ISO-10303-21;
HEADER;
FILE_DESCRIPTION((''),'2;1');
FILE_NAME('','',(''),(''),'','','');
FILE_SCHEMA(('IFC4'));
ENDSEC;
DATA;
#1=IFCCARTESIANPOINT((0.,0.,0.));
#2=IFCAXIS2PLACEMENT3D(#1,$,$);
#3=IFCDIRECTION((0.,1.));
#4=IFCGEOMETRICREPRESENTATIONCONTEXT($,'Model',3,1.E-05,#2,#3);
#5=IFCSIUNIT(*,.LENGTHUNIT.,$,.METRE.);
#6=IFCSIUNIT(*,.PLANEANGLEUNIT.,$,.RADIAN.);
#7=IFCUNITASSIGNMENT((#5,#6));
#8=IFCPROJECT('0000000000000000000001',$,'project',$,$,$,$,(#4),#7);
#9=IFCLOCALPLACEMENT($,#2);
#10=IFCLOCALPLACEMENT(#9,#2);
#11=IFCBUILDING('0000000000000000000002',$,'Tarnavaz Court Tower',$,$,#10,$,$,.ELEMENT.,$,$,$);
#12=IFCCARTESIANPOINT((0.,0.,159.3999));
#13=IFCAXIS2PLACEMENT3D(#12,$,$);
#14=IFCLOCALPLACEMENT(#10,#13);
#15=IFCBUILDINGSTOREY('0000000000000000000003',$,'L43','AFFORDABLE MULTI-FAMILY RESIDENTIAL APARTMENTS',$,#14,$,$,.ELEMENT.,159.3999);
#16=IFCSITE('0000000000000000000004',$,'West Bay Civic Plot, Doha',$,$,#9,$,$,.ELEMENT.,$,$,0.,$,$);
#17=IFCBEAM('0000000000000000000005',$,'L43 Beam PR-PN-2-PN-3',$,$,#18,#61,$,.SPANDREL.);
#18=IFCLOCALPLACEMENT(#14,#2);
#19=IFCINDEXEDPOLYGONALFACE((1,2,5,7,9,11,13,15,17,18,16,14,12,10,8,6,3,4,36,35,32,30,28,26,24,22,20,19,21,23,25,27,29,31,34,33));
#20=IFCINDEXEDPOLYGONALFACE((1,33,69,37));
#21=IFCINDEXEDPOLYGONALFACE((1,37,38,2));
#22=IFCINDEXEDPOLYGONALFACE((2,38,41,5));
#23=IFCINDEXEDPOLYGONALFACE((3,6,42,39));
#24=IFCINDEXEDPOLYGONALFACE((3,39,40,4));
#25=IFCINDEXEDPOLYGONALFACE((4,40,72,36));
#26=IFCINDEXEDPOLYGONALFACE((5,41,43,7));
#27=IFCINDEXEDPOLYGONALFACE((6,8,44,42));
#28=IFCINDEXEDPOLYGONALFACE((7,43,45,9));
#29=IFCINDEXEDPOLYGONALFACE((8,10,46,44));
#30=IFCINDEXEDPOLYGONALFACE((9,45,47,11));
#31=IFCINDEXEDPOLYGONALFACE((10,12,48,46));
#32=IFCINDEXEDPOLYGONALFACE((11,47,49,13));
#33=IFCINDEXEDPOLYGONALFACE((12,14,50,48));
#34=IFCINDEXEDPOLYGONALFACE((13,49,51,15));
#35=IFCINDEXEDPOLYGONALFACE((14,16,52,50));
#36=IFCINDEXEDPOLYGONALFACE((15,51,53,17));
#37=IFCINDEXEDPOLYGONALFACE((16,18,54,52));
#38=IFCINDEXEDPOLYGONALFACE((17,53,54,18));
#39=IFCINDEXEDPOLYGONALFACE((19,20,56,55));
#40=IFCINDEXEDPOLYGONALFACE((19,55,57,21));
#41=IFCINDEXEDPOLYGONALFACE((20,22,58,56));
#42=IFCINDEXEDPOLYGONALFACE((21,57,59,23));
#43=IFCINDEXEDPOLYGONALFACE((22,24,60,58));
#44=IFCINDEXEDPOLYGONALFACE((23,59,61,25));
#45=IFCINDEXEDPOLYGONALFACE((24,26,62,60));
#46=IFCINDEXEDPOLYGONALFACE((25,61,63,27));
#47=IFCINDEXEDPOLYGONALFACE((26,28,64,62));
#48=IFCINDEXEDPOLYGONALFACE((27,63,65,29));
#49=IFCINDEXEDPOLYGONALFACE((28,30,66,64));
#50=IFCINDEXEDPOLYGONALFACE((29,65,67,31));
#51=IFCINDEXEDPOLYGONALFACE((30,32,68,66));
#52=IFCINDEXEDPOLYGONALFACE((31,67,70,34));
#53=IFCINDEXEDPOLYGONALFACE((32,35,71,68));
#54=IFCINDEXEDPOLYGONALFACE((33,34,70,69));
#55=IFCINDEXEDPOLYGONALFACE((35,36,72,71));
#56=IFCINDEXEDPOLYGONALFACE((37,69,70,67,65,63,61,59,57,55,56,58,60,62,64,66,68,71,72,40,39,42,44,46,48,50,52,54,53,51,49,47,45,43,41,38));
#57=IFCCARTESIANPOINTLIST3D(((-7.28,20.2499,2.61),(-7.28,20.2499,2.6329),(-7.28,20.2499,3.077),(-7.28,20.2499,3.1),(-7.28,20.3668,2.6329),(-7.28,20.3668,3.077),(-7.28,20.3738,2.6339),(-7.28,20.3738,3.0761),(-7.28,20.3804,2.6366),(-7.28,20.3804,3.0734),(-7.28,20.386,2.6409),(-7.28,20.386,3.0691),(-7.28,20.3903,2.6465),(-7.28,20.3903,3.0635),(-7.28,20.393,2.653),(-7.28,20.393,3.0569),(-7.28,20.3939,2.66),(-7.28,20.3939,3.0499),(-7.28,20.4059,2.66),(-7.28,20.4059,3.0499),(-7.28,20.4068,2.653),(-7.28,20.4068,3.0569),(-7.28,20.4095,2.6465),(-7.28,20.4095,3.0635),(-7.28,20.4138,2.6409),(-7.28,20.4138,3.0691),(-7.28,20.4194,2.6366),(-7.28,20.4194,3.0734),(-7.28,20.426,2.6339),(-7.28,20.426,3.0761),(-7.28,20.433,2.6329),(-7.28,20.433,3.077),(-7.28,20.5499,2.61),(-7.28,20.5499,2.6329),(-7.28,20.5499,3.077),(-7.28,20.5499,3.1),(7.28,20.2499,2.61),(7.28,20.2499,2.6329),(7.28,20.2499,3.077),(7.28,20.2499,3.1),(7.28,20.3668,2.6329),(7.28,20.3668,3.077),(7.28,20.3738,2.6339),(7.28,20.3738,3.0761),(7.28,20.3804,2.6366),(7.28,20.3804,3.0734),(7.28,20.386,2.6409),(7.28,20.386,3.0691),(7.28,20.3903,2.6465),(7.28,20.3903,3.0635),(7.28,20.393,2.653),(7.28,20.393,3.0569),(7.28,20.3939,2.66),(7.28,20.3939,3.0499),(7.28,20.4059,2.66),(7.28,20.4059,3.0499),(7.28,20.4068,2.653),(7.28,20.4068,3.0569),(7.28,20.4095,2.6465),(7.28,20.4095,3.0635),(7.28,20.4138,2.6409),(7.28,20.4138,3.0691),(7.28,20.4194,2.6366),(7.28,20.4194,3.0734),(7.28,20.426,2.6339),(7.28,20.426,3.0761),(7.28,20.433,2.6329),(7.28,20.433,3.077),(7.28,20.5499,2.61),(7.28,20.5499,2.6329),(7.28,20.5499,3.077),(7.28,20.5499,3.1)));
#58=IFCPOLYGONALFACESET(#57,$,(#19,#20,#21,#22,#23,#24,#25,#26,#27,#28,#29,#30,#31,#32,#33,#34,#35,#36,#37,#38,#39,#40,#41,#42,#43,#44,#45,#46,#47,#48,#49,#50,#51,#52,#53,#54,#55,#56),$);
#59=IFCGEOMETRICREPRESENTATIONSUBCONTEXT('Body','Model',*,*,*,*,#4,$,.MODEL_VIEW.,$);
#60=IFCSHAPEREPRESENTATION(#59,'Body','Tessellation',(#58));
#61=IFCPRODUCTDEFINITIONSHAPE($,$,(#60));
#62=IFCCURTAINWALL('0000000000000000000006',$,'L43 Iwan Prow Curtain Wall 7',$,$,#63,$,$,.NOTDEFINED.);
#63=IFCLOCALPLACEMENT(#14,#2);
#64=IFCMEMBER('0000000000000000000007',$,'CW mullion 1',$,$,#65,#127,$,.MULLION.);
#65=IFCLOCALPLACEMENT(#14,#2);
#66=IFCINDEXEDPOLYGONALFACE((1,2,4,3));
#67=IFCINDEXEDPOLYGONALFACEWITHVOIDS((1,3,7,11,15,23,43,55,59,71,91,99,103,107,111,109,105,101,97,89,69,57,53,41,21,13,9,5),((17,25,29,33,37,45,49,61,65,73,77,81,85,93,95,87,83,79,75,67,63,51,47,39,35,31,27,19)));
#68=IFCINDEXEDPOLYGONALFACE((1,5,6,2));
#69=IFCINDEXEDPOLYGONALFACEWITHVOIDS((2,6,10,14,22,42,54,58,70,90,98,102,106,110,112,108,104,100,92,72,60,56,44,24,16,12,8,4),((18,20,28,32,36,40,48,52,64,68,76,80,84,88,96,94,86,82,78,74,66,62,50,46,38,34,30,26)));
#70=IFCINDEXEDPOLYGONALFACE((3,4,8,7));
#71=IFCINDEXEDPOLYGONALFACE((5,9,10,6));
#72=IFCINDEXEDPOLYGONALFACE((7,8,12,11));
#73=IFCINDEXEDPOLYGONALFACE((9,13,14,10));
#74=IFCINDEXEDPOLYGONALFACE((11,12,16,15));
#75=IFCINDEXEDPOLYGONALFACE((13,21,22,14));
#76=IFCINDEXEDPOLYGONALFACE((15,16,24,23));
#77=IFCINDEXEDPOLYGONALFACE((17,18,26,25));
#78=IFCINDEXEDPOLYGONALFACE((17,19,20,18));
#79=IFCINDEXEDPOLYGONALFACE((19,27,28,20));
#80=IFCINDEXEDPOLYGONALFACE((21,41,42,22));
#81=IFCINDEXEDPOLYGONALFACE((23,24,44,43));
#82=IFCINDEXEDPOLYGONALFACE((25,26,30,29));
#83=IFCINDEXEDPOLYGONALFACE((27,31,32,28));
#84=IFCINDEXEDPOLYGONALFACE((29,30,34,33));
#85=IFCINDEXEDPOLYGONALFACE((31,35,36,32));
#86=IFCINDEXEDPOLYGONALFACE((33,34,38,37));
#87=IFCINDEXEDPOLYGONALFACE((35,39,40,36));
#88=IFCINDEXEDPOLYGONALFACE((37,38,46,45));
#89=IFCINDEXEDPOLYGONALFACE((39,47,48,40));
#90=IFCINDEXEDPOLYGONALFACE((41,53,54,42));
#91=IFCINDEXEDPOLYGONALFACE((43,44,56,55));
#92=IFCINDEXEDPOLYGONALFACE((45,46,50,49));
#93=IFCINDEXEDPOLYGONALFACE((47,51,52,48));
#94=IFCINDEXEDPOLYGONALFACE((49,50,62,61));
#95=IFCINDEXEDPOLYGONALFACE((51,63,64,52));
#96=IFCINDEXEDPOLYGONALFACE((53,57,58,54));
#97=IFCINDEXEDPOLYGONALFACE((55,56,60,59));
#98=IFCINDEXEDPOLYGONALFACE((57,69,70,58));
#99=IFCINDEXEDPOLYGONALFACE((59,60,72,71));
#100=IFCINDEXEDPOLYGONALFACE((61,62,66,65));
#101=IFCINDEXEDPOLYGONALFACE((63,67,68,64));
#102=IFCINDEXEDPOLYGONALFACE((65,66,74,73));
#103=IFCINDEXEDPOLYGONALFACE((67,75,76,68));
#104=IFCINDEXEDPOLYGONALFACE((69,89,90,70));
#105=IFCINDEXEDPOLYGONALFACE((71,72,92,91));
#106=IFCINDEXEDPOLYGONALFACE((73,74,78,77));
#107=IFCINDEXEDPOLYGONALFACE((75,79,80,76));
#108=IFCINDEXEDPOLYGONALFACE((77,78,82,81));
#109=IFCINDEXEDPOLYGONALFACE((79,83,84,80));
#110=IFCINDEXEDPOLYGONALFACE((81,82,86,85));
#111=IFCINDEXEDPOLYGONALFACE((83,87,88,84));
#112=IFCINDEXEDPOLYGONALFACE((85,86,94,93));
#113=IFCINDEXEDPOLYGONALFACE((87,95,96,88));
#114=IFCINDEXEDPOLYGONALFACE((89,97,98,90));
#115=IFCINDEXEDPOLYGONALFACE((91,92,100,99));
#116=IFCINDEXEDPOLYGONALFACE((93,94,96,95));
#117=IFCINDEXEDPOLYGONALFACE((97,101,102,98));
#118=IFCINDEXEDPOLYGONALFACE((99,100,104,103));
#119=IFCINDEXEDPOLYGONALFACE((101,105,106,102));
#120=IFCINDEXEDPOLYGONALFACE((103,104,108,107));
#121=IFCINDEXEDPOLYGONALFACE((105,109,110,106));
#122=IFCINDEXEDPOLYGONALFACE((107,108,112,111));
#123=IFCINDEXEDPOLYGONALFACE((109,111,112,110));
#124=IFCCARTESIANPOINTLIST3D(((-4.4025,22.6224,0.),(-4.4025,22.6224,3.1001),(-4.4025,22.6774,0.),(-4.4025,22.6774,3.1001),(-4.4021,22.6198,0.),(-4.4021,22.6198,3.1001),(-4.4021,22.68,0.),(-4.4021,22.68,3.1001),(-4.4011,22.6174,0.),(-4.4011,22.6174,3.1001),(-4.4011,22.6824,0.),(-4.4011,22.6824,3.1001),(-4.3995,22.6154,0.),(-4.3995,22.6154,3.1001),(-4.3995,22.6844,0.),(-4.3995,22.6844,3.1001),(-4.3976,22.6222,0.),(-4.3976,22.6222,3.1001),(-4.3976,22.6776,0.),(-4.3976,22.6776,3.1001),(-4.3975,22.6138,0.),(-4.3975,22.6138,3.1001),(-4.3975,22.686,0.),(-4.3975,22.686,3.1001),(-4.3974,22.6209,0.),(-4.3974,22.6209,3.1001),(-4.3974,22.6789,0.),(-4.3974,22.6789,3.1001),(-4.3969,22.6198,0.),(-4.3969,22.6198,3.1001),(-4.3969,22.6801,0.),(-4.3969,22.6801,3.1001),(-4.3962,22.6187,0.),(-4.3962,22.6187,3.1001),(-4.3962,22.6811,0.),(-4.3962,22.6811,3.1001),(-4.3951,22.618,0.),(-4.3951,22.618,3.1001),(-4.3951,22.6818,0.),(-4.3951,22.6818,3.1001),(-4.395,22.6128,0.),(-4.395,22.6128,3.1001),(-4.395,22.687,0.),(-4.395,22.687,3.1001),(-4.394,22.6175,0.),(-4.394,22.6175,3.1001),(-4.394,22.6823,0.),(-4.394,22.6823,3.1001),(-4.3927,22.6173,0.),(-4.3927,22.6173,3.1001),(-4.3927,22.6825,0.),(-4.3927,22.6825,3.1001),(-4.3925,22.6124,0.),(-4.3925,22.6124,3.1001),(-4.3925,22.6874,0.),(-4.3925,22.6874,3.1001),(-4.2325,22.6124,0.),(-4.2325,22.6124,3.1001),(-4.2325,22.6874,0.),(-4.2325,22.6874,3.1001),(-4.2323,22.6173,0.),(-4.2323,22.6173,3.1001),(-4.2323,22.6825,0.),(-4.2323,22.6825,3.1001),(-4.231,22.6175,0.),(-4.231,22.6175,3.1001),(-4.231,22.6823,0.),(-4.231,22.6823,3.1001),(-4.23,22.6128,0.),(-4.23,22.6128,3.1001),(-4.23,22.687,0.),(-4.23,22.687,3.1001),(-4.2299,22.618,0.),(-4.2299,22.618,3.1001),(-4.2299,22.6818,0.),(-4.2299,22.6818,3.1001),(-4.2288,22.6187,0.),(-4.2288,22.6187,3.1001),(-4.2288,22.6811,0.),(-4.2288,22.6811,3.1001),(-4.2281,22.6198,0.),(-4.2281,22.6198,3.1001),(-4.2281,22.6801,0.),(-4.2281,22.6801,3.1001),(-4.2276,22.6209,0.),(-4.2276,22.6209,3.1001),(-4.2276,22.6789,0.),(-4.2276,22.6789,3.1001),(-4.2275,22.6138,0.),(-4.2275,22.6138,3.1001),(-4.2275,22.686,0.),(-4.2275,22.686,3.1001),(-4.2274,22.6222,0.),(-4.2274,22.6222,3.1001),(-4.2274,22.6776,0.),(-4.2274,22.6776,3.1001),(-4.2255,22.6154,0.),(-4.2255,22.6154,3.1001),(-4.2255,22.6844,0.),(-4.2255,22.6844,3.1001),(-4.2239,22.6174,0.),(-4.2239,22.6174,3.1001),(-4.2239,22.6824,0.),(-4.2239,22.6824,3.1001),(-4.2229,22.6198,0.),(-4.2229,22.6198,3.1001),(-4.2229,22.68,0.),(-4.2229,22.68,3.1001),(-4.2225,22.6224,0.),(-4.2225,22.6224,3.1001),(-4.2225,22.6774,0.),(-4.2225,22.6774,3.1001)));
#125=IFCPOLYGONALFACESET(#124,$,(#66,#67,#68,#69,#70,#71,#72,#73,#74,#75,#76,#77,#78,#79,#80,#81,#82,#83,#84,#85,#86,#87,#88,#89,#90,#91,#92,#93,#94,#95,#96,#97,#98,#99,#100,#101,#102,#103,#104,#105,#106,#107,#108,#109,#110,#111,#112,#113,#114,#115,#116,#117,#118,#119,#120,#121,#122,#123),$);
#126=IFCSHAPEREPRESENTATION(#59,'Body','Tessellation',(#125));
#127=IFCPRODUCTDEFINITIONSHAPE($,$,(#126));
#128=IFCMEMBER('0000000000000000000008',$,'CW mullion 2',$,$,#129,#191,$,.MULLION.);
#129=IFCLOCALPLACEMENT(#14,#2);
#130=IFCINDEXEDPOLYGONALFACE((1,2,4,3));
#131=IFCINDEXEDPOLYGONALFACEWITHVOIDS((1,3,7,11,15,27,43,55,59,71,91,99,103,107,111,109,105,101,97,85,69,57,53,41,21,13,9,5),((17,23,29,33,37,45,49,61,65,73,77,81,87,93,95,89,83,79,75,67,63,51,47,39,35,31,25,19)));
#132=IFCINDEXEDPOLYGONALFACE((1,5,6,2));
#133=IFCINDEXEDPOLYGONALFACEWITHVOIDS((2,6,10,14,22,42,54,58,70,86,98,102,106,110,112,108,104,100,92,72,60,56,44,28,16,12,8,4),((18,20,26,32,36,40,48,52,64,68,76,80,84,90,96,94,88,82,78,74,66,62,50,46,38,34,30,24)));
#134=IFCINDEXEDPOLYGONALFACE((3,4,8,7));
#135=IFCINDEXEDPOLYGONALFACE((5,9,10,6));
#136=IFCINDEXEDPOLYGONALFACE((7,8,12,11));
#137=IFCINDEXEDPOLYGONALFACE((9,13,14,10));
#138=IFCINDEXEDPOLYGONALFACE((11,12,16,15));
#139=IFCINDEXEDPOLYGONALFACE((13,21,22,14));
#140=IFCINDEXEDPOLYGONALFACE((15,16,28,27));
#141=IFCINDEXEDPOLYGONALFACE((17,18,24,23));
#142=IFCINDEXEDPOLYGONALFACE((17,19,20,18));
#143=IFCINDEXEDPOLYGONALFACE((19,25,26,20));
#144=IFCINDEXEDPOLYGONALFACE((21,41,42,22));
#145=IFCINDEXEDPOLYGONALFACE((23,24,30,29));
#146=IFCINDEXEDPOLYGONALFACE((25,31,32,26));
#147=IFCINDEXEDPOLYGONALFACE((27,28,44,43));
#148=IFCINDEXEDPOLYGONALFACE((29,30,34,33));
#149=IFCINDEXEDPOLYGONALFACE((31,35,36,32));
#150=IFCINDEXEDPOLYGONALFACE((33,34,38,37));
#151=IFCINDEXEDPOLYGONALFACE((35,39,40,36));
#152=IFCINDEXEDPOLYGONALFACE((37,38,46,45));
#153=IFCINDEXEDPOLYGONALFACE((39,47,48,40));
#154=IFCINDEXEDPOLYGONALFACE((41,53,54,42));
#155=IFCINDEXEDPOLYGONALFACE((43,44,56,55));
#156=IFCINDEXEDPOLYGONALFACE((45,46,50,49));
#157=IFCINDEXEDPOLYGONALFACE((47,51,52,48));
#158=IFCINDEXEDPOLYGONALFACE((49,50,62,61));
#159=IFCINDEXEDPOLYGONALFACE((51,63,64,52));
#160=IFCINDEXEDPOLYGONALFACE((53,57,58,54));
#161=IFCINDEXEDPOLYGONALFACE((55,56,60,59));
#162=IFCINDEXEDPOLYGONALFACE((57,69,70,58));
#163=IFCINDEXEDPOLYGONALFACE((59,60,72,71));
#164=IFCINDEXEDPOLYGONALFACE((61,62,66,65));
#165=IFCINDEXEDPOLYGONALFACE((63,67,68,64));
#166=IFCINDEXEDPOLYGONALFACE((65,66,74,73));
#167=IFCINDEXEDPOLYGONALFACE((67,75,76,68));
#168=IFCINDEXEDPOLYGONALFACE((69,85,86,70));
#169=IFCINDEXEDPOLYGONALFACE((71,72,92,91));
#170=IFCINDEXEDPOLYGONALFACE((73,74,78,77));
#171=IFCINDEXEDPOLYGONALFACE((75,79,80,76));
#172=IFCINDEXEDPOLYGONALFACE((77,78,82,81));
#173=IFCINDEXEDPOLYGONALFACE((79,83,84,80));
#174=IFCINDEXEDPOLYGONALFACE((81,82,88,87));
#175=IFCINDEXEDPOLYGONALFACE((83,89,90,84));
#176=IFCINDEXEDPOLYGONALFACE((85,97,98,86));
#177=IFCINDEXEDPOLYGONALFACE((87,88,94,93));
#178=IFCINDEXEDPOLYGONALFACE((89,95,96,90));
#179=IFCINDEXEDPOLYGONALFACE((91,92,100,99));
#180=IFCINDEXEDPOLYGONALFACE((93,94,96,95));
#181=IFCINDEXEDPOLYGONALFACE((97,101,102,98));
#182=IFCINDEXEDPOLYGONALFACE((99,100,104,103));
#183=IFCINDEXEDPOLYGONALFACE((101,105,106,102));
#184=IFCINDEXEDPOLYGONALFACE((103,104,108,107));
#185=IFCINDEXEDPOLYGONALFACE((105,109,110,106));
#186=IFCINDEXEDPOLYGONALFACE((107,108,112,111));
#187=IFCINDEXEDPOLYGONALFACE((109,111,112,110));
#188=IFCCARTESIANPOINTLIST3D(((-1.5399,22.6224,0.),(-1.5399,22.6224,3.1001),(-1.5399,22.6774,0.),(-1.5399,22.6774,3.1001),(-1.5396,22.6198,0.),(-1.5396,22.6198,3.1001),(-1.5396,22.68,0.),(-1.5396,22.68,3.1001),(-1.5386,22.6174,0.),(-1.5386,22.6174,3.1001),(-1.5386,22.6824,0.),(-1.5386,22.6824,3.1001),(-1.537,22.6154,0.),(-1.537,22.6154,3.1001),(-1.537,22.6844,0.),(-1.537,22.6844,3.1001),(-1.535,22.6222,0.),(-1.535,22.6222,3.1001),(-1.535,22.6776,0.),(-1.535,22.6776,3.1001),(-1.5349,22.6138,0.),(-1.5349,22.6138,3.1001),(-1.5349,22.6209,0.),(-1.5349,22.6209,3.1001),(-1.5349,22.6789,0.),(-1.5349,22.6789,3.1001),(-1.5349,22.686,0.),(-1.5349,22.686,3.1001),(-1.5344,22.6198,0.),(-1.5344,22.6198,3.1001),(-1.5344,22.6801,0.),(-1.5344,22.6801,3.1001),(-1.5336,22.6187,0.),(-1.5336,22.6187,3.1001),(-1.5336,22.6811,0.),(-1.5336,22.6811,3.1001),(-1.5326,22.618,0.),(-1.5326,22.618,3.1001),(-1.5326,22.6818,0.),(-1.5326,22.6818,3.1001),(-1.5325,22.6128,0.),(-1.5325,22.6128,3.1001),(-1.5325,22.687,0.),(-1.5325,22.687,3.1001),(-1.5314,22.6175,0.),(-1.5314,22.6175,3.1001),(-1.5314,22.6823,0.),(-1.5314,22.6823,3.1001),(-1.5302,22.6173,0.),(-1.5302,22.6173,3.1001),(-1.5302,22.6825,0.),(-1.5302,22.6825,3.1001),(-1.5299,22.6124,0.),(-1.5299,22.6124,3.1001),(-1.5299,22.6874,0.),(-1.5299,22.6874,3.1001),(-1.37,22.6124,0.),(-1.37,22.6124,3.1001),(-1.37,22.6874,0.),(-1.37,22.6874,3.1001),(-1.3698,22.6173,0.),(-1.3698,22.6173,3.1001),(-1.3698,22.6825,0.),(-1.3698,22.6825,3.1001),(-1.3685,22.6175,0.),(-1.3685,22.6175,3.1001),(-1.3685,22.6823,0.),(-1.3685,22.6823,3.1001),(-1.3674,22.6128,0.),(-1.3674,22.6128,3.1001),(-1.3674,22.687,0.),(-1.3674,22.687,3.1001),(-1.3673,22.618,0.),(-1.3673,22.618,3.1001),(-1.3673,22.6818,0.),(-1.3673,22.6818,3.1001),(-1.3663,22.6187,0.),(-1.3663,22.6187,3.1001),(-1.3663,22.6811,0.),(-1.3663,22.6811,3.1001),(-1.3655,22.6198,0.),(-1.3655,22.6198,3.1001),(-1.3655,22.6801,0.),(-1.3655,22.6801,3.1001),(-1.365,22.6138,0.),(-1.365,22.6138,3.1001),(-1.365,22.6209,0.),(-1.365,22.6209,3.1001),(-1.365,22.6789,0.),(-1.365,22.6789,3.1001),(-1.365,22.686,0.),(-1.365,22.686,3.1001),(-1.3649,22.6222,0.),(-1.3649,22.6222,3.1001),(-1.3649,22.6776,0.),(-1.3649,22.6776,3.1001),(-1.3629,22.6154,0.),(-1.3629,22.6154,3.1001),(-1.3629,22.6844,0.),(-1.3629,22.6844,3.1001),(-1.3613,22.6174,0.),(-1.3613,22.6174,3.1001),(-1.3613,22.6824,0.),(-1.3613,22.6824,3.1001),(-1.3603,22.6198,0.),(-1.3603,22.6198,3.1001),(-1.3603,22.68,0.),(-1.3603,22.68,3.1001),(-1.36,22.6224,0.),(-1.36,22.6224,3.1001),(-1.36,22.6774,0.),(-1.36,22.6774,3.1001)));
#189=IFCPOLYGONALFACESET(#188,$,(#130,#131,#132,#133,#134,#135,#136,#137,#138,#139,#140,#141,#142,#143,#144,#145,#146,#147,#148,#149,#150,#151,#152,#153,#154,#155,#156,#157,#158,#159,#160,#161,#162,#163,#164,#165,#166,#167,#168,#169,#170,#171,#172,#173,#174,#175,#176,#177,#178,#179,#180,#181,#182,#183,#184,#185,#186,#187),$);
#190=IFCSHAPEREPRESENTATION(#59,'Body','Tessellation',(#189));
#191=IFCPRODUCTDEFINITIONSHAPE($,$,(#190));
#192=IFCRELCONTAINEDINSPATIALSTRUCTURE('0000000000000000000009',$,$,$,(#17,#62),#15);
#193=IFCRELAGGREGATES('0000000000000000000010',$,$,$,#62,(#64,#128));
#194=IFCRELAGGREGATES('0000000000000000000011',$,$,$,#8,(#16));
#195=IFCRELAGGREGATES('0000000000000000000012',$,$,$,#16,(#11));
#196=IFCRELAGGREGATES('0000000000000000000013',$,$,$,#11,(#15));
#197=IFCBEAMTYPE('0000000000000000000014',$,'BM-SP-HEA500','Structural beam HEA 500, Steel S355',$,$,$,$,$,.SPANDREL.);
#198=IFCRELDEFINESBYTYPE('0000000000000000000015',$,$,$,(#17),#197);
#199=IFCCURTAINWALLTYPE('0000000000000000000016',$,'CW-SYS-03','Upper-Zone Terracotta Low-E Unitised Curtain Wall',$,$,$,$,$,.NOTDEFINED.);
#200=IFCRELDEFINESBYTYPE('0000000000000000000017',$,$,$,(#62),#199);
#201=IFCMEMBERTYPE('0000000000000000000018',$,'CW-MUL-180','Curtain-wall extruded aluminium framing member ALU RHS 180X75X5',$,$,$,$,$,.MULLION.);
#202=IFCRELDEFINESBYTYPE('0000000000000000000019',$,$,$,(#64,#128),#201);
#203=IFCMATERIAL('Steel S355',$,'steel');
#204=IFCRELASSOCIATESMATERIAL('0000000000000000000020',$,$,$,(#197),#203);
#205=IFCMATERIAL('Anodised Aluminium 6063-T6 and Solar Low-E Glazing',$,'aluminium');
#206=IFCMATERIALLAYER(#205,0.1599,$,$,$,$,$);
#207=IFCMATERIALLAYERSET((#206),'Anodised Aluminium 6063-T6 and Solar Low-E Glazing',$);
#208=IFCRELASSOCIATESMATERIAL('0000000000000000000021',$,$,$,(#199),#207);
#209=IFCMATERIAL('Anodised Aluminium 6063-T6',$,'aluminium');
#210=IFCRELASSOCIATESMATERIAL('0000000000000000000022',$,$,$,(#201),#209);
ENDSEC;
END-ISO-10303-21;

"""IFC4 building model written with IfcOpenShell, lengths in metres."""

from ifc_helpers import new_model, si_unit, direction, frame, origin, origin_2d, place, context, subcontext, project, spatial, hollow_rectangle, i_section, extrude, material, layer, layer_set, material_profile, profile_set, type_object, element, aggregate, save


model = new_model("IFC4")

# Units and contexts
model_context = context("Model", 3, precision=1e-05, world=origin(), true_north=direction((0.0, 1.0)))
body_context = subcontext(model_context, "Body", "Model", "MODEL_VIEW")
ifc_project = project(units=[si_unit("LENGTHUNIT", "METRE"), si_unit("PLANEANGLEUNIT", "RADIAN")], contexts=[model_context])

# Site, building, storey
site_placement = place(None, origin())
site = spatial("IfcSite", under=ifc_project, at=site_placement, Name="West Bay Civic Plot, Doha", CompositionType="ELEMENT", RefElevation=0.0)
building_placement = place(site_placement, origin())
building = spatial("IfcBuilding", under=site, at=building_placement, Name="Tarnavaz Court Tower", CompositionType="ELEMENT")
storey_placement = place(building_placement, frame((0.0, 0.0, 159.3999)))
storey = spatial("IfcBuildingStorey", under=building, at=storey_placement, Name="L43", Description="AFFORDABLE MULTI-FAMILY RESIDENTIAL APARTMENTS", CompositionType="ELEMENT", Elevation=159.3999)

# Beam
ifc_material_1 = material(Name="Steel S355", Category="steel")
ifc_material_profile_1 = material_profile(ifc_material_1, i_section(OverallWidth=0.3, OverallDepth=0.49, WebThickness=0.012, FlangeThickness=0.0229, FilletRadius=0.0271, at=origin_2d()), Name="HEA 500")
ifc_profile_set_1 = profile_set([ifc_material_profile_1], Name="Steel S355")
beam_type_1 = type_object("IfcBeamType", Name="BM-SP-HEA500", Description="Structural beam HEA 500, Steel S355", PredefinedType="SPANDREL", material=ifc_profile_set_1)
beam_placement = place(storey_placement, frame((-7.28, 20.3999, 2.855), z_axis=(1.0, 0.0, 0.0), x_axis=(0.0, 1.0, 0.0)))
element("IfcBeam", 1, at=beam_placement, inside=storey, type_object=beam_type_1, Name="L43 Beam PR-PN-2-PN-3", PredefinedType="SPANDREL", context=body_context, shape_type="SweptSolid", body=[
    extrude(i_section(OverallWidth=0.3, OverallDepth=0.49, WebThickness=0.012, FlangeThickness=0.0229, FilletRadius=0.0271, at=origin_2d()), origin(), (0.0, 0.0, 1.0), 14.5601),
])

# Curtain wall, members
ifc_material_2 = material(Name="Anodised Aluminium 6063-T6 and Solar Low-E Glazing", Category="aluminium")
ifc_layer_1 = layer(ifc_material_2, 0.1599)
ifc_layer_set_1 = layer_set([ifc_layer_1], Name="Anodised Aluminium 6063-T6 and Solar Low-E Glazing")
curtain_wall_type = type_object("IfcCurtainWallType", Name="CW-SYS-03", Description="Upper-Zone Terracotta Low-E Unitised Curtain Wall", PredefinedType="NOTDEFINED", material=ifc_layer_set_1)
curtain_wall_placement = place(storey_placement, origin())
curtain_wall = element("IfcCurtainWall", 2, at=curtain_wall_placement, inside=storey, type_object=curtain_wall_type, Name="L43 Iwan Prow Curtain Wall 7", PredefinedType="NOTDEFINED")
ifc_material_3 = material(Name="Anodised Aluminium 6063-T6", Category="aluminium")
ifc_material_profile_2 = material_profile(ifc_material_3, hollow_rectangle(XDim=0.075, YDim=0.1799, WallThickness=0.0049, InnerFilletRadius=0.0049, OuterFilletRadius=0.01, at=origin_2d()), Name="ALU RHS 180X75X5")
ifc_profile_set_2 = profile_set([ifc_material_profile_2], Name="Anodised Aluminium 6063-T6")
member_type_1 = type_object("IfcMemberType", Name="CW-MUL-180", Description="Curtain-wall extruded aluminium framing member ALU RHS 180X75X5", PredefinedType="MULLION", material=ifc_profile_set_2)
member_1_placement = place(storey_placement, frame((-4.3125, 22.6499, 0.0), z_axis=(0.0, 0.0, 1.0), x_axis=(0.0, 1.0, 0.0)))
member_1 = element("IfcMember", 3, at=member_1_placement, type_object=member_type_1, Name="CW mullion 1", PredefinedType="MULLION", context=body_context, shape_type="SweptSolid", body=[
    extrude(hollow_rectangle(XDim=0.075, YDim=0.1799, WallThickness=0.0049, InnerFilletRadius=0.0049, OuterFilletRadius=0.01, at=origin_2d()), origin(), (0.0, 0.0, 1.0), 3.1001),
])
member_2_placement = place(storey_placement, frame((-1.45, 22.6499, 0.0), z_axis=(0.0, 0.0, 1.0), x_axis=(0.0, 1.0, 0.0)))
member_2 = element("IfcMember", 4, at=member_2_placement, type_object=member_type_1, Name="CW mullion 2", PredefinedType="MULLION", context=body_context, shape_type="SweptSolid", body=[
    extrude(hollow_rectangle(XDim=0.075, YDim=0.1799, WallThickness=0.0049, InnerFilletRadius=0.0049, OuterFilletRadius=0.01, at=origin_2d()), origin(), (0.0, 0.0, 1.0), 3.1001),
])
aggregate(curtain_wall, [member_1, member_2])

save(model, "model.ifc")
